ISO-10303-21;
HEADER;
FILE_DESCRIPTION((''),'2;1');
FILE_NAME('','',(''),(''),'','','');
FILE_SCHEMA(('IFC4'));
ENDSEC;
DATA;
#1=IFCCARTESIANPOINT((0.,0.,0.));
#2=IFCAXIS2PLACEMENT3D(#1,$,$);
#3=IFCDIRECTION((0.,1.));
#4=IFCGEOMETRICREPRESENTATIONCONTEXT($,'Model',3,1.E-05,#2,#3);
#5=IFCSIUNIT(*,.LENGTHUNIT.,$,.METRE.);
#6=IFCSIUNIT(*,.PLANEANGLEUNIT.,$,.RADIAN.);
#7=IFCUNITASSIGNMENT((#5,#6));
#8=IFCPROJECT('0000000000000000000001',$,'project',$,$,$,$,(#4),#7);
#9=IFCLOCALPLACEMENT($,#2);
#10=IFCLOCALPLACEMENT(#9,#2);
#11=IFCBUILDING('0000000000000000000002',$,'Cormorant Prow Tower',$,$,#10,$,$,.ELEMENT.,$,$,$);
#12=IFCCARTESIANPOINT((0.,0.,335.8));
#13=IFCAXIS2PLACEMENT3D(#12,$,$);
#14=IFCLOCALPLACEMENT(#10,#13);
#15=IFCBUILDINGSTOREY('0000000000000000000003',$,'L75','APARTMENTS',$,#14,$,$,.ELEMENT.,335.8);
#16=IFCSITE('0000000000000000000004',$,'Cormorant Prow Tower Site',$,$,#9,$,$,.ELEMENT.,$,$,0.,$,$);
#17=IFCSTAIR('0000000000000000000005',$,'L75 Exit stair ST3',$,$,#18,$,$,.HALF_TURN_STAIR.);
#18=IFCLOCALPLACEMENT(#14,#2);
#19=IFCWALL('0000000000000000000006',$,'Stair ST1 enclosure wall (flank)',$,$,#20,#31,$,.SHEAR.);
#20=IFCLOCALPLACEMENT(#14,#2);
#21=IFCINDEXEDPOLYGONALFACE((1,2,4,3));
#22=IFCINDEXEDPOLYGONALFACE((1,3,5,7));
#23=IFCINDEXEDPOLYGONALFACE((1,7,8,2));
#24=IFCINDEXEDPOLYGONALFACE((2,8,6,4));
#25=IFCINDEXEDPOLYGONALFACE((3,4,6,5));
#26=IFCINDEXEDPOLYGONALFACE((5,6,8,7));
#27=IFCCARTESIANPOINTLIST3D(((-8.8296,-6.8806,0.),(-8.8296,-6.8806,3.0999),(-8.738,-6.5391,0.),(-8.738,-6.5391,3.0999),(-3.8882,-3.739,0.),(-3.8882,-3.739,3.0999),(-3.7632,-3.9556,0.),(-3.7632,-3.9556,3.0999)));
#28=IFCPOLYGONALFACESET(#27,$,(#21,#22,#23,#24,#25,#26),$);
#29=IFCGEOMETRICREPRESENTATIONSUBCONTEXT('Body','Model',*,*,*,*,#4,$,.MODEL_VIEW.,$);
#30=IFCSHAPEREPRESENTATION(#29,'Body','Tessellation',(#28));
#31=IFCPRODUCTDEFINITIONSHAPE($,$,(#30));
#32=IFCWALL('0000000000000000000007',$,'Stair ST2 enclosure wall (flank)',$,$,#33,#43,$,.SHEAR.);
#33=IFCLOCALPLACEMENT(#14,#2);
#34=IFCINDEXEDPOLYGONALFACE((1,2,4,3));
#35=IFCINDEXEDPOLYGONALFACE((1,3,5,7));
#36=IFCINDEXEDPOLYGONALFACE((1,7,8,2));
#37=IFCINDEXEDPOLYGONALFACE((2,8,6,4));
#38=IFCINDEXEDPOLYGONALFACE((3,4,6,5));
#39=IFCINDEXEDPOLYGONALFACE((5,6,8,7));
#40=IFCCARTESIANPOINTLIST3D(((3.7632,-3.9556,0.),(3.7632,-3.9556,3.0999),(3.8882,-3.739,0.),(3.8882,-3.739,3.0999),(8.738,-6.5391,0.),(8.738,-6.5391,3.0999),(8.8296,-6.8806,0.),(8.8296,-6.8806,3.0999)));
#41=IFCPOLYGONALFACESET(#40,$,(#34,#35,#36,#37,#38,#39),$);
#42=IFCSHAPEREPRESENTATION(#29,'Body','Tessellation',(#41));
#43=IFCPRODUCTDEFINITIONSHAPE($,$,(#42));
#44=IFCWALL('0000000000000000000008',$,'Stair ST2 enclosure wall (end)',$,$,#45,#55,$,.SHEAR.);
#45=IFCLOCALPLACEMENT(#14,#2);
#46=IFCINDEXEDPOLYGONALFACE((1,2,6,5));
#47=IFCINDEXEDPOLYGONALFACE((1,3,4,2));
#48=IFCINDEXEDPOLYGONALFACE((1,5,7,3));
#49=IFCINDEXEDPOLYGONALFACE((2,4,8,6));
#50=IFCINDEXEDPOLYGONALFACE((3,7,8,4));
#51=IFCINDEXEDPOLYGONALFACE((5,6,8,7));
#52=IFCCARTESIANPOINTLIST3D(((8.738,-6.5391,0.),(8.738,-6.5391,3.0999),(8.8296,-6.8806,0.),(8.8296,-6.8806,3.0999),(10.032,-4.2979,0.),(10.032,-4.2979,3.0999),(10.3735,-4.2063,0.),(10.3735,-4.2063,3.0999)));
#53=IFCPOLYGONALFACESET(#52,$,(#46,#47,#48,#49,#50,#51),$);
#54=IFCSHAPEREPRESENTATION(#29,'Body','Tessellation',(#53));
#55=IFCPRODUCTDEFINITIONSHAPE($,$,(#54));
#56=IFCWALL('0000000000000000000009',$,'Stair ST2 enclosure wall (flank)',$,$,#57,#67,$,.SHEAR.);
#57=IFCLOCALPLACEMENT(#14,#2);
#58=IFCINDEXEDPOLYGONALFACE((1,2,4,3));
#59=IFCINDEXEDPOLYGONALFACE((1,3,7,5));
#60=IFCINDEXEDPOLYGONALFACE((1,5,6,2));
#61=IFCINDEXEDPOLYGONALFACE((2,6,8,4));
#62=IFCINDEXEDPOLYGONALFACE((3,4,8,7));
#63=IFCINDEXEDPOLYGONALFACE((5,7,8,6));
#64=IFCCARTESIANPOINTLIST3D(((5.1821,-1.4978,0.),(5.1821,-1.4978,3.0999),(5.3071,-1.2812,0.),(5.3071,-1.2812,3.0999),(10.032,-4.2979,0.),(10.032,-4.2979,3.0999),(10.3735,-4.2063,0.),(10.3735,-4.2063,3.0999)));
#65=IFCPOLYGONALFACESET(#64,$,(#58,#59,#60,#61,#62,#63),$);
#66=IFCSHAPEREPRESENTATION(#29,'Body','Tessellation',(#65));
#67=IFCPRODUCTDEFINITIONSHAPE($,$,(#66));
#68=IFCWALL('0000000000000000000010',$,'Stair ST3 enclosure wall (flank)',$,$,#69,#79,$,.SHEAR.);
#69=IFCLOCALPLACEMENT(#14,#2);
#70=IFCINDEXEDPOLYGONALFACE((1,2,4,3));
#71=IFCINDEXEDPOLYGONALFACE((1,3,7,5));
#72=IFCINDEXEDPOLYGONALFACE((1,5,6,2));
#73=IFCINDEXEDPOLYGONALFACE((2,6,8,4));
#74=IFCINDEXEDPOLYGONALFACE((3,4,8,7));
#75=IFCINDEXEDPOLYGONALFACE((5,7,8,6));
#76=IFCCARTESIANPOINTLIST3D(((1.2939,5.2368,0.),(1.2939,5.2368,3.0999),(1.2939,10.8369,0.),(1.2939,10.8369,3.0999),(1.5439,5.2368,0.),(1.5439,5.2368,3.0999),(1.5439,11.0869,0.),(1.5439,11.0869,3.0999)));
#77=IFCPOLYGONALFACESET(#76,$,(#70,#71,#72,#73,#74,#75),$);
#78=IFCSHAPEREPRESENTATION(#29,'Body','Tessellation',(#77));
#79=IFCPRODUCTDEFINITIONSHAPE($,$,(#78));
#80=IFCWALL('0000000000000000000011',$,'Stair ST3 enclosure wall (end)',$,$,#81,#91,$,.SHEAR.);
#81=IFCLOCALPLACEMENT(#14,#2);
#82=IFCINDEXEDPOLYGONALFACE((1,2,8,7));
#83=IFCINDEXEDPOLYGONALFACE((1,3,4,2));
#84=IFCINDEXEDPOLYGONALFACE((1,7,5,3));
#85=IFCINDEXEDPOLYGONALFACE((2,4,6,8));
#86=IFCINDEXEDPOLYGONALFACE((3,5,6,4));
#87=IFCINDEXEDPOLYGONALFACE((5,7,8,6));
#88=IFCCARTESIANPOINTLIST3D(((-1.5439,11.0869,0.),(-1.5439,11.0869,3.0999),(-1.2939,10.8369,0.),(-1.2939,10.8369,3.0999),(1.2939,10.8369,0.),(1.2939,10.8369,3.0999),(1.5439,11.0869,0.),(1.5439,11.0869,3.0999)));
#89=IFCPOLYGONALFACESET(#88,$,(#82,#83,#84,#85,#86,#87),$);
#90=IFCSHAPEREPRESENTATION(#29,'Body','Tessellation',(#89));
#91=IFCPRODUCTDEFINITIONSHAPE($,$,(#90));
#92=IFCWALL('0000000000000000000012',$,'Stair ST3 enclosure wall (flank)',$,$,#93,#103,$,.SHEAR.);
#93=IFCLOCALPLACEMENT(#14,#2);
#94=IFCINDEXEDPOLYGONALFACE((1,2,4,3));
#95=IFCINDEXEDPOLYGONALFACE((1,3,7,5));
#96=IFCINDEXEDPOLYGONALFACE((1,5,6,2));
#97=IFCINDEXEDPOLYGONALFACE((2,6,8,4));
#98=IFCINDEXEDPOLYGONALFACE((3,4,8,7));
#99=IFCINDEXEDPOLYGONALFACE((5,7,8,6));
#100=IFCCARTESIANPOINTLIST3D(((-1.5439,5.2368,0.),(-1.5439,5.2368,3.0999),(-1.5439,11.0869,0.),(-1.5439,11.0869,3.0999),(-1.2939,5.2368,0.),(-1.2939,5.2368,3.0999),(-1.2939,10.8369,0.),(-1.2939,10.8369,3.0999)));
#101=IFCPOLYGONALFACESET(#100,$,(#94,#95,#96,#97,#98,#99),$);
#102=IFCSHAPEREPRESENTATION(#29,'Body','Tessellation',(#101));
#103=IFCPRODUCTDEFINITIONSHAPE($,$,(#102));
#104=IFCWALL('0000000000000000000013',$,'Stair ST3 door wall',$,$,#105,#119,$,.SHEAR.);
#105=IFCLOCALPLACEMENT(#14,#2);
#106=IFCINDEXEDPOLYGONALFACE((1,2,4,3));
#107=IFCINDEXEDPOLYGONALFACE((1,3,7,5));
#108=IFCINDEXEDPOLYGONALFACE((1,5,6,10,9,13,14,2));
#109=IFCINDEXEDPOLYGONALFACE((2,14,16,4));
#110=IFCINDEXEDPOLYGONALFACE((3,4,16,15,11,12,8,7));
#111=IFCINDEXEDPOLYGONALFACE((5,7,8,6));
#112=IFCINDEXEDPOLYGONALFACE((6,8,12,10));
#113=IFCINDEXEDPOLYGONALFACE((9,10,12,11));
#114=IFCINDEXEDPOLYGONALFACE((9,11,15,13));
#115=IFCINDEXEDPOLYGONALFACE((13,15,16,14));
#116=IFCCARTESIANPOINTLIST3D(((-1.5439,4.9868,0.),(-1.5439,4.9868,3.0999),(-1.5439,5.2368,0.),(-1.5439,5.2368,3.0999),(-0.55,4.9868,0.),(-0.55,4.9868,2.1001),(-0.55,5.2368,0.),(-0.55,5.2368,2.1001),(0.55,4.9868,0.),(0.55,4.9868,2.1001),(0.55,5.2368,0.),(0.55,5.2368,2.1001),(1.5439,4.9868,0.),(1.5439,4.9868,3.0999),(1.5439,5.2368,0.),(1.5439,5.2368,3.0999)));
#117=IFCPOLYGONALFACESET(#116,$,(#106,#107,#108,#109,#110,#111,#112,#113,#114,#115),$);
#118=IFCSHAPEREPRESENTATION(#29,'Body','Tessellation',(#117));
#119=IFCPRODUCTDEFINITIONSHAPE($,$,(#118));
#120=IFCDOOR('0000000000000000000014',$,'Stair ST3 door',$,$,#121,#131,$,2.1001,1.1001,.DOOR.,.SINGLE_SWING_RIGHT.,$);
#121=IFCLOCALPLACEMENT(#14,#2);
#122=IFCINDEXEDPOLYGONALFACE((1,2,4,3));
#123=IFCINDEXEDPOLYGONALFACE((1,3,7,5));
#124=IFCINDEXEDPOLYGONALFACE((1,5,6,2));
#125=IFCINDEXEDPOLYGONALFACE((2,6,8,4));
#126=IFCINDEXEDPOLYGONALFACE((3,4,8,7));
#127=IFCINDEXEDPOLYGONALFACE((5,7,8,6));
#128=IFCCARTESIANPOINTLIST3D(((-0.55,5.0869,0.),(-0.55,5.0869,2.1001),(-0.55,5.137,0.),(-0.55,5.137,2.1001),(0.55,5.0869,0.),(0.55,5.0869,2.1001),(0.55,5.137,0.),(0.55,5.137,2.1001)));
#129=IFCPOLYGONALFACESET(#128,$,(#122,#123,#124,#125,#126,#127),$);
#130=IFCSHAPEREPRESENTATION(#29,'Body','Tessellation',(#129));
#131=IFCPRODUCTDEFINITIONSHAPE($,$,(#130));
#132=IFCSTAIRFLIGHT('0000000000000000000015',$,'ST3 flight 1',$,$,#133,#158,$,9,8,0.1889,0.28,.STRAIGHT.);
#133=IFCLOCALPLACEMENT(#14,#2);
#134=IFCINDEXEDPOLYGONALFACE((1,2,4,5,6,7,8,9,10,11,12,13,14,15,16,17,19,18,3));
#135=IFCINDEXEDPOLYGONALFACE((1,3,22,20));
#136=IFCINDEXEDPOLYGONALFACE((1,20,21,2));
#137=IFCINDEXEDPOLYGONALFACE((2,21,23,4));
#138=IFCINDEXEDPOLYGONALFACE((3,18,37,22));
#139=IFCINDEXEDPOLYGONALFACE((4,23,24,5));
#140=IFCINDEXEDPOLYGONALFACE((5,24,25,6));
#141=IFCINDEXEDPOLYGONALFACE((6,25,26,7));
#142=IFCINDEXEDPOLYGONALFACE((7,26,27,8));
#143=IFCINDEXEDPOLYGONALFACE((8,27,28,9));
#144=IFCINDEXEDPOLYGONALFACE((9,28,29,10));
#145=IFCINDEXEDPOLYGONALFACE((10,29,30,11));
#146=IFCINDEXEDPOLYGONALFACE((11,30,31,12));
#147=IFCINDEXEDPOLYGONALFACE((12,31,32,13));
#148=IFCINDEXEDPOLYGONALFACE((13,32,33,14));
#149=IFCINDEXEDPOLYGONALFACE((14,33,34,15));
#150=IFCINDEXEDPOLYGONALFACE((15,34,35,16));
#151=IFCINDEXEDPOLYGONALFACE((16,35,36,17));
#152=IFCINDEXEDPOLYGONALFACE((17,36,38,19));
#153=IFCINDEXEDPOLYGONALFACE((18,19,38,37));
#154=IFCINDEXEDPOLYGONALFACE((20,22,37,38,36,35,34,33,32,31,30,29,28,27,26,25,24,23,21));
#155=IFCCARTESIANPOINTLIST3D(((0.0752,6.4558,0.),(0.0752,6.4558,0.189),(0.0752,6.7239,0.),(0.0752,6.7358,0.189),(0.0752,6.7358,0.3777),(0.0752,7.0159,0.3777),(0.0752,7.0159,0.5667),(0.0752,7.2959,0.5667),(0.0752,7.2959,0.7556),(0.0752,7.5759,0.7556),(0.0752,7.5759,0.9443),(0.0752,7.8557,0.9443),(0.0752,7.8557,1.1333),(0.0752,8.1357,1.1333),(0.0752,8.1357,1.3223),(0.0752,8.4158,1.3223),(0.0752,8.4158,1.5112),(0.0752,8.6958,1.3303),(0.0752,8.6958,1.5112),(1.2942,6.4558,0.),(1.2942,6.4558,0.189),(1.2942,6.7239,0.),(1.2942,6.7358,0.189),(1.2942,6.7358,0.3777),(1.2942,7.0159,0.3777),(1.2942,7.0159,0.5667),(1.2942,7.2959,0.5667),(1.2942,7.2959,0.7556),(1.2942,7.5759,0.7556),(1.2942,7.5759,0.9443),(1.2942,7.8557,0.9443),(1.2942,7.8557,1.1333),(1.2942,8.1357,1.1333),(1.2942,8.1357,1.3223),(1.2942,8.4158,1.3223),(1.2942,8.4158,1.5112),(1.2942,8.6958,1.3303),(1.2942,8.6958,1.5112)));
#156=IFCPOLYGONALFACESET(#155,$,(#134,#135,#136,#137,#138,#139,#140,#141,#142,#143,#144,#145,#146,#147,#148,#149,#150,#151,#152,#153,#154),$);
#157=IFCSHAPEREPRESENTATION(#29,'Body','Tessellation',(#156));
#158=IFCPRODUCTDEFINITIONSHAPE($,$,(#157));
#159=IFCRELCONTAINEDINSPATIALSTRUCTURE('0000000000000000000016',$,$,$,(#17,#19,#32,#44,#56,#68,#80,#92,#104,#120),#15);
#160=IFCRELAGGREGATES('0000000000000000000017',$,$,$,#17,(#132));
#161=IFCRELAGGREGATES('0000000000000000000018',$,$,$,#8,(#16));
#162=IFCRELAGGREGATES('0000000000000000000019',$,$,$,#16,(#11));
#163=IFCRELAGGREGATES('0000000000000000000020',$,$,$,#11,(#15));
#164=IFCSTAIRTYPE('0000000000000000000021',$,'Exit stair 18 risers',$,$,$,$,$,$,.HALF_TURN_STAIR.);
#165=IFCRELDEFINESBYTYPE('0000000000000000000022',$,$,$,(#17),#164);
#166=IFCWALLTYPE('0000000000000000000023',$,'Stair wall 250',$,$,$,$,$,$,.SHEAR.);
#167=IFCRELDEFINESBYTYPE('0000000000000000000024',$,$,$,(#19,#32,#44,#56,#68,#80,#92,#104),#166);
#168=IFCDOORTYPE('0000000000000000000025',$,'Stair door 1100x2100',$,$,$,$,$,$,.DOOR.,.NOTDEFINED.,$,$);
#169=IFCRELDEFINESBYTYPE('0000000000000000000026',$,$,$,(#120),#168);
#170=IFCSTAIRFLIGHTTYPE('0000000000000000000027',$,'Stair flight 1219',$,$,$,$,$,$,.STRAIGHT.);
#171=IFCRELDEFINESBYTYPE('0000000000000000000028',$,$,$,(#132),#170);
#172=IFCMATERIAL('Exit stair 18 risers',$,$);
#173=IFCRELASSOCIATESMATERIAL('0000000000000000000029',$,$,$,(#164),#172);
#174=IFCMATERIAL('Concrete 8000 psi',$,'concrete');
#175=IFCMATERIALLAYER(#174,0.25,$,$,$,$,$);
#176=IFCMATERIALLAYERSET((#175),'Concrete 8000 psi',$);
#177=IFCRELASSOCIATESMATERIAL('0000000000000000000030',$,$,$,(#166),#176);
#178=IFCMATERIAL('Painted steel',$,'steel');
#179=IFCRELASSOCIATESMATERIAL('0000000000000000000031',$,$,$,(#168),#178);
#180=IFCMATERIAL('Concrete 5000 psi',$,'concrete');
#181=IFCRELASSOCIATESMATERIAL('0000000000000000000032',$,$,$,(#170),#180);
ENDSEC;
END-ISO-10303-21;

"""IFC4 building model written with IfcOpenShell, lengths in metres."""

from ifc_helpers import new_model, si_unit, direction, frame, frame_2d, origin, place, context, subcontext, project, spatial, polyline, rectangle, outline, extrude, material, layer, layer_set, type_object, element, fill, aggregate, save


model = new_model("IFC4")

# Units and contexts
model_context = context("Model", 3, precision=1e-05, world=origin(), true_north=direction((0.0, 1.0)))
body_context = subcontext(model_context, "Body", "Model", "MODEL_VIEW")
ifc_project = project(units=[si_unit("LENGTHUNIT", "METRE"), si_unit("PLANEANGLEUNIT", "RADIAN")], contexts=[model_context])

# Site, building, storey
site_placement = place(None, origin())
site = spatial("IfcSite", under=ifc_project, at=site_placement, Name="Cormorant Prow Tower Site", CompositionType="ELEMENT", RefElevation=0.0)
building_placement = place(site_placement, origin())
building = spatial("IfcBuilding", under=site, at=building_placement, Name="Cormorant Prow Tower", CompositionType="ELEMENT")
storey_placement = place(building_placement, frame((0.0, 0.0, 335.8)))
storey = spatial("IfcBuildingStorey", under=building, at=storey_placement, Name="L75", Description="APARTMENTS", CompositionType="ELEMENT", Elevation=335.8)

# Stair
ifc_material_1 = material(Name="Exit stair 18 risers")
stair_type = type_object("IfcStairType", Name="Exit stair 18 risers", PredefinedType="HALF_TURN_STAIR", material=ifc_material_1)
stair_1_placement = place(storey_placement, origin())
stair_1 = element("IfcStair", 1, at=stair_1_placement, inside=storey, type_object=stair_type, Name="L75 Exit stair ST3", PredefinedType="HALF_TURN_STAIR")

# Walls
ifc_material_2 = material(Name="Concrete 8000 psi", Category="concrete")
ifc_layer_1 = layer(ifc_material_2, 0.25)
ifc_layer_set_1 = layer_set([ifc_layer_1], Name="Concrete 8000 psi")
wall_type_1 = type_object("IfcWallType", Name="Stair wall 250", PredefinedType="SHEAR", material=ifc_layer_set_1)
wall_1_placement = place(storey_placement, origin())
element("IfcWall", 2, at=wall_1_placement, inside=storey, type_object=wall_type_1, Name="Stair ST1 enclosure wall (flank)", PredefinedType="SHEAR", context=body_context, shape_type="SweptSolid", body=[
    extrude(outline(polyline([(-8.738, -6.5391), (-8.8296, -6.8806), (-3.7632, -3.9556), (-3.8882, -3.739), (-8.738, -6.5391)])), origin(), (0.0, 0.0, 1.0), 3.0999),
])
wall_2_placement = place(storey_placement, origin())
element("IfcWall", 3, at=wall_2_placement, inside=storey, type_object=wall_type_1, Name="Stair ST2 enclosure wall (flank)", PredefinedType="SHEAR", context=body_context, shape_type="SweptSolid", body=[
    extrude(outline(polyline([(3.7632, -3.9556), (8.8296, -6.8806), (8.738, -6.5391), (3.8882, -3.739), (3.7632, -3.9556)])), origin(), (0.0, 0.0, 1.0), 3.0999),
])
wall_3_placement = place(storey_placement, origin())
element("IfcWall", 4, at=wall_3_placement, inside=storey, type_object=wall_type_1, Name="Stair ST2 enclosure wall (end)", PredefinedType="SHEAR", context=body_context, shape_type="SweptSolid", body=[
    extrude(outline(polyline([(8.8296, -6.8806), (10.3735, -4.2063), (10.032, -4.2979), (8.738, -6.5391), (8.8296, -6.8806)])), origin(), (0.0, 0.0, 1.0), 3.0999),
])
wall_4_placement = place(storey_placement, origin())
element("IfcWall", 5, at=wall_4_placement, inside=storey, type_object=wall_type_1, Name="Stair ST2 enclosure wall (flank)", PredefinedType="SHEAR", context=body_context, shape_type="SweptSolid", body=[
    extrude(outline(polyline([(10.032, -4.2979), (10.3735, -4.2063), (5.3071, -1.2812), (5.1821, -1.4978), (10.032, -4.2979)])), origin(), (0.0, 0.0, 1.0), 3.0999),
])
wall_5_placement = place(storey_placement, origin())
element("IfcWall", 6, at=wall_5_placement, inside=storey, type_object=wall_type_1, Name="Stair ST3 enclosure wall (flank)", PredefinedType="SHEAR", context=body_context, shape_type="SweptSolid", body=[
    extrude(outline(polyline([(1.5439, 5.2368), (1.5439, 11.0869), (1.2939, 10.8369), (1.2939, 5.2368), (1.5439, 5.2368)])), origin(), (0.0, 0.0, 1.0), 3.0999),
])
wall_6_placement = place(storey_placement, origin())
element("IfcWall", 7, at=wall_6_placement, inside=storey, type_object=wall_type_1, Name="Stair ST3 enclosure wall (end)", PredefinedType="SHEAR", context=body_context, shape_type="SweptSolid", body=[
    extrude(outline(polyline([(1.5439, 11.0869), (-1.5439, 11.0869), (-1.2939, 10.8369), (1.2939, 10.8369), (1.5439, 11.0869)])), origin(), (0.0, 0.0, 1.0), 3.0999),
])
wall_7_placement = place(storey_placement, origin())
element("IfcWall", 8, at=wall_7_placement, inside=storey, type_object=wall_type_1, Name="Stair ST3 enclosure wall (flank)", PredefinedType="SHEAR", context=body_context, shape_type="SweptSolid", body=[
    extrude(outline(polyline([(-1.2939, 10.8369), (-1.5439, 11.0869), (-1.5439, 5.2368), (-1.2939, 5.2368), (-1.2939, 10.8369)])), origin(), (0.0, 0.0, 1.0), 3.0999),
])

# Wall, opening, door
wall_8_placement = place(storey_placement, frame((1.5439, 5.1118, 0.0), z_axis=(0.0, 0.0, 1.0), x_axis=(-1.0, 0.0, 0.0)))
wall_8 = element("IfcWall", 9, at=wall_8_placement, inside=storey, type_object=wall_type_1, Name="Stair ST3 door wall", PredefinedType="SHEAR", context=body_context, shape_type="SweptSolid", body=[
    extrude(rectangle(XDim=3.0879, YDim=0.25, at=frame_2d((1.5439, 0.0))), origin(), (0.0, 0.0, 1.0), 3.0999),
])
opening_1_placement = place(wall_8_placement, frame((0.9939, 0.0, 0.0)))
opening_1 = element("IfcOpeningElement", 10, at=opening_1_placement, cuts=wall_8, PredefinedType="OPENING", context=body_context, shape_type="SweptSolid", body=[
    extrude(rectangle(XDim=1.1001, YDim=2.1001, at=frame_2d((0.55, 1.05))), frame((0.0, 0.135, 0.0), z_axis=(0.0, -1.0, 0.0), x_axis=(1.0, 0.0, 0.0)), (0.0, 0.0, 1.0), 0.27),
])
ifc_material_3 = material(Name="Painted steel", Category="steel")
door_type_1 = type_object("IfcDoorType", Name="Stair door 1100x2100", OperationType="NOTDEFINED", PredefinedType="DOOR", material=ifc_material_3)
door_1_placement = place(opening_1_placement, origin())
door_1 = element("IfcDoor", 11, at=door_1_placement, inside=storey, type_object=door_type_1, Name="Stair ST3 door", OperationType="SINGLE_SWING_RIGHT", OverallHeight=2.1001, OverallWidth=1.1001, PredefinedType="DOOR", context=body_context, shape_type="SweptSolid", body=[
    extrude(rectangle(XDim=1.1001, YDim=2.1001, at=frame_2d((0.55, 1.05))), frame((0.0, 0.0249, 0.0), z_axis=(0.0, -1.0, 0.0), x_axis=(1.0, 0.0, 0.0)), (0.0, 0.0, 1.0), 0.05),
])
fill(opening_1, door_1)

# Stair flight
ifc_material_4 = material(Name="Concrete 5000 psi", Category="concrete")
stair_flight_type = type_object("IfcStairFlightType", Name="Stair flight 1219", PredefinedType="STRAIGHT", material=ifc_material_4)
stair_flight_placement = place(storey_placement, frame((0.6846, 6.4558, 0.0), z_axis=(0.0, 0.0, 1.0), x_axis=(0.0, 1.0, 0.0)))
stair_flight = element("IfcStairFlight", 12, at=stair_flight_placement, type_object=stair_flight_type, Name="ST3 flight 1", NumberOfRisers=9, NumberOfTreads=8, PredefinedType="STRAIGHT", RiserHeight=0.1889, TreadLength=0.28, context=body_context, shape_type="SweptSolid", body=[
    extrude(outline(polyline([(0.0, 0.0), (0.0, 0.189), (0.28, 0.189), (0.28, 0.3777), (0.5601, 0.3777), (0.5601, 0.5667), (0.8401, 0.5667), (0.8401, 0.7556), (1.1201, 0.7556), (1.1201, 0.9443), (1.3999, 0.9443), (1.3999, 1.1333), (1.6799, 1.1333), (1.6799, 1.3223), (1.96, 1.3223), (1.96, 1.5112), (2.24, 1.5112), (2.24, 1.7), (2.24, 1.3303), (0.2681, 0.0), (0.0, 0.0)])), frame((0.0, 0.6094, 0.0), z_axis=(0.0, -1.0, 0.0), x_axis=(1.0, 0.0, 0.0)), (0.0, 0.0, 1.0), 1.219),
])
aggregate(stair_1, [stair_flight])

save(model, "model.ifc")
